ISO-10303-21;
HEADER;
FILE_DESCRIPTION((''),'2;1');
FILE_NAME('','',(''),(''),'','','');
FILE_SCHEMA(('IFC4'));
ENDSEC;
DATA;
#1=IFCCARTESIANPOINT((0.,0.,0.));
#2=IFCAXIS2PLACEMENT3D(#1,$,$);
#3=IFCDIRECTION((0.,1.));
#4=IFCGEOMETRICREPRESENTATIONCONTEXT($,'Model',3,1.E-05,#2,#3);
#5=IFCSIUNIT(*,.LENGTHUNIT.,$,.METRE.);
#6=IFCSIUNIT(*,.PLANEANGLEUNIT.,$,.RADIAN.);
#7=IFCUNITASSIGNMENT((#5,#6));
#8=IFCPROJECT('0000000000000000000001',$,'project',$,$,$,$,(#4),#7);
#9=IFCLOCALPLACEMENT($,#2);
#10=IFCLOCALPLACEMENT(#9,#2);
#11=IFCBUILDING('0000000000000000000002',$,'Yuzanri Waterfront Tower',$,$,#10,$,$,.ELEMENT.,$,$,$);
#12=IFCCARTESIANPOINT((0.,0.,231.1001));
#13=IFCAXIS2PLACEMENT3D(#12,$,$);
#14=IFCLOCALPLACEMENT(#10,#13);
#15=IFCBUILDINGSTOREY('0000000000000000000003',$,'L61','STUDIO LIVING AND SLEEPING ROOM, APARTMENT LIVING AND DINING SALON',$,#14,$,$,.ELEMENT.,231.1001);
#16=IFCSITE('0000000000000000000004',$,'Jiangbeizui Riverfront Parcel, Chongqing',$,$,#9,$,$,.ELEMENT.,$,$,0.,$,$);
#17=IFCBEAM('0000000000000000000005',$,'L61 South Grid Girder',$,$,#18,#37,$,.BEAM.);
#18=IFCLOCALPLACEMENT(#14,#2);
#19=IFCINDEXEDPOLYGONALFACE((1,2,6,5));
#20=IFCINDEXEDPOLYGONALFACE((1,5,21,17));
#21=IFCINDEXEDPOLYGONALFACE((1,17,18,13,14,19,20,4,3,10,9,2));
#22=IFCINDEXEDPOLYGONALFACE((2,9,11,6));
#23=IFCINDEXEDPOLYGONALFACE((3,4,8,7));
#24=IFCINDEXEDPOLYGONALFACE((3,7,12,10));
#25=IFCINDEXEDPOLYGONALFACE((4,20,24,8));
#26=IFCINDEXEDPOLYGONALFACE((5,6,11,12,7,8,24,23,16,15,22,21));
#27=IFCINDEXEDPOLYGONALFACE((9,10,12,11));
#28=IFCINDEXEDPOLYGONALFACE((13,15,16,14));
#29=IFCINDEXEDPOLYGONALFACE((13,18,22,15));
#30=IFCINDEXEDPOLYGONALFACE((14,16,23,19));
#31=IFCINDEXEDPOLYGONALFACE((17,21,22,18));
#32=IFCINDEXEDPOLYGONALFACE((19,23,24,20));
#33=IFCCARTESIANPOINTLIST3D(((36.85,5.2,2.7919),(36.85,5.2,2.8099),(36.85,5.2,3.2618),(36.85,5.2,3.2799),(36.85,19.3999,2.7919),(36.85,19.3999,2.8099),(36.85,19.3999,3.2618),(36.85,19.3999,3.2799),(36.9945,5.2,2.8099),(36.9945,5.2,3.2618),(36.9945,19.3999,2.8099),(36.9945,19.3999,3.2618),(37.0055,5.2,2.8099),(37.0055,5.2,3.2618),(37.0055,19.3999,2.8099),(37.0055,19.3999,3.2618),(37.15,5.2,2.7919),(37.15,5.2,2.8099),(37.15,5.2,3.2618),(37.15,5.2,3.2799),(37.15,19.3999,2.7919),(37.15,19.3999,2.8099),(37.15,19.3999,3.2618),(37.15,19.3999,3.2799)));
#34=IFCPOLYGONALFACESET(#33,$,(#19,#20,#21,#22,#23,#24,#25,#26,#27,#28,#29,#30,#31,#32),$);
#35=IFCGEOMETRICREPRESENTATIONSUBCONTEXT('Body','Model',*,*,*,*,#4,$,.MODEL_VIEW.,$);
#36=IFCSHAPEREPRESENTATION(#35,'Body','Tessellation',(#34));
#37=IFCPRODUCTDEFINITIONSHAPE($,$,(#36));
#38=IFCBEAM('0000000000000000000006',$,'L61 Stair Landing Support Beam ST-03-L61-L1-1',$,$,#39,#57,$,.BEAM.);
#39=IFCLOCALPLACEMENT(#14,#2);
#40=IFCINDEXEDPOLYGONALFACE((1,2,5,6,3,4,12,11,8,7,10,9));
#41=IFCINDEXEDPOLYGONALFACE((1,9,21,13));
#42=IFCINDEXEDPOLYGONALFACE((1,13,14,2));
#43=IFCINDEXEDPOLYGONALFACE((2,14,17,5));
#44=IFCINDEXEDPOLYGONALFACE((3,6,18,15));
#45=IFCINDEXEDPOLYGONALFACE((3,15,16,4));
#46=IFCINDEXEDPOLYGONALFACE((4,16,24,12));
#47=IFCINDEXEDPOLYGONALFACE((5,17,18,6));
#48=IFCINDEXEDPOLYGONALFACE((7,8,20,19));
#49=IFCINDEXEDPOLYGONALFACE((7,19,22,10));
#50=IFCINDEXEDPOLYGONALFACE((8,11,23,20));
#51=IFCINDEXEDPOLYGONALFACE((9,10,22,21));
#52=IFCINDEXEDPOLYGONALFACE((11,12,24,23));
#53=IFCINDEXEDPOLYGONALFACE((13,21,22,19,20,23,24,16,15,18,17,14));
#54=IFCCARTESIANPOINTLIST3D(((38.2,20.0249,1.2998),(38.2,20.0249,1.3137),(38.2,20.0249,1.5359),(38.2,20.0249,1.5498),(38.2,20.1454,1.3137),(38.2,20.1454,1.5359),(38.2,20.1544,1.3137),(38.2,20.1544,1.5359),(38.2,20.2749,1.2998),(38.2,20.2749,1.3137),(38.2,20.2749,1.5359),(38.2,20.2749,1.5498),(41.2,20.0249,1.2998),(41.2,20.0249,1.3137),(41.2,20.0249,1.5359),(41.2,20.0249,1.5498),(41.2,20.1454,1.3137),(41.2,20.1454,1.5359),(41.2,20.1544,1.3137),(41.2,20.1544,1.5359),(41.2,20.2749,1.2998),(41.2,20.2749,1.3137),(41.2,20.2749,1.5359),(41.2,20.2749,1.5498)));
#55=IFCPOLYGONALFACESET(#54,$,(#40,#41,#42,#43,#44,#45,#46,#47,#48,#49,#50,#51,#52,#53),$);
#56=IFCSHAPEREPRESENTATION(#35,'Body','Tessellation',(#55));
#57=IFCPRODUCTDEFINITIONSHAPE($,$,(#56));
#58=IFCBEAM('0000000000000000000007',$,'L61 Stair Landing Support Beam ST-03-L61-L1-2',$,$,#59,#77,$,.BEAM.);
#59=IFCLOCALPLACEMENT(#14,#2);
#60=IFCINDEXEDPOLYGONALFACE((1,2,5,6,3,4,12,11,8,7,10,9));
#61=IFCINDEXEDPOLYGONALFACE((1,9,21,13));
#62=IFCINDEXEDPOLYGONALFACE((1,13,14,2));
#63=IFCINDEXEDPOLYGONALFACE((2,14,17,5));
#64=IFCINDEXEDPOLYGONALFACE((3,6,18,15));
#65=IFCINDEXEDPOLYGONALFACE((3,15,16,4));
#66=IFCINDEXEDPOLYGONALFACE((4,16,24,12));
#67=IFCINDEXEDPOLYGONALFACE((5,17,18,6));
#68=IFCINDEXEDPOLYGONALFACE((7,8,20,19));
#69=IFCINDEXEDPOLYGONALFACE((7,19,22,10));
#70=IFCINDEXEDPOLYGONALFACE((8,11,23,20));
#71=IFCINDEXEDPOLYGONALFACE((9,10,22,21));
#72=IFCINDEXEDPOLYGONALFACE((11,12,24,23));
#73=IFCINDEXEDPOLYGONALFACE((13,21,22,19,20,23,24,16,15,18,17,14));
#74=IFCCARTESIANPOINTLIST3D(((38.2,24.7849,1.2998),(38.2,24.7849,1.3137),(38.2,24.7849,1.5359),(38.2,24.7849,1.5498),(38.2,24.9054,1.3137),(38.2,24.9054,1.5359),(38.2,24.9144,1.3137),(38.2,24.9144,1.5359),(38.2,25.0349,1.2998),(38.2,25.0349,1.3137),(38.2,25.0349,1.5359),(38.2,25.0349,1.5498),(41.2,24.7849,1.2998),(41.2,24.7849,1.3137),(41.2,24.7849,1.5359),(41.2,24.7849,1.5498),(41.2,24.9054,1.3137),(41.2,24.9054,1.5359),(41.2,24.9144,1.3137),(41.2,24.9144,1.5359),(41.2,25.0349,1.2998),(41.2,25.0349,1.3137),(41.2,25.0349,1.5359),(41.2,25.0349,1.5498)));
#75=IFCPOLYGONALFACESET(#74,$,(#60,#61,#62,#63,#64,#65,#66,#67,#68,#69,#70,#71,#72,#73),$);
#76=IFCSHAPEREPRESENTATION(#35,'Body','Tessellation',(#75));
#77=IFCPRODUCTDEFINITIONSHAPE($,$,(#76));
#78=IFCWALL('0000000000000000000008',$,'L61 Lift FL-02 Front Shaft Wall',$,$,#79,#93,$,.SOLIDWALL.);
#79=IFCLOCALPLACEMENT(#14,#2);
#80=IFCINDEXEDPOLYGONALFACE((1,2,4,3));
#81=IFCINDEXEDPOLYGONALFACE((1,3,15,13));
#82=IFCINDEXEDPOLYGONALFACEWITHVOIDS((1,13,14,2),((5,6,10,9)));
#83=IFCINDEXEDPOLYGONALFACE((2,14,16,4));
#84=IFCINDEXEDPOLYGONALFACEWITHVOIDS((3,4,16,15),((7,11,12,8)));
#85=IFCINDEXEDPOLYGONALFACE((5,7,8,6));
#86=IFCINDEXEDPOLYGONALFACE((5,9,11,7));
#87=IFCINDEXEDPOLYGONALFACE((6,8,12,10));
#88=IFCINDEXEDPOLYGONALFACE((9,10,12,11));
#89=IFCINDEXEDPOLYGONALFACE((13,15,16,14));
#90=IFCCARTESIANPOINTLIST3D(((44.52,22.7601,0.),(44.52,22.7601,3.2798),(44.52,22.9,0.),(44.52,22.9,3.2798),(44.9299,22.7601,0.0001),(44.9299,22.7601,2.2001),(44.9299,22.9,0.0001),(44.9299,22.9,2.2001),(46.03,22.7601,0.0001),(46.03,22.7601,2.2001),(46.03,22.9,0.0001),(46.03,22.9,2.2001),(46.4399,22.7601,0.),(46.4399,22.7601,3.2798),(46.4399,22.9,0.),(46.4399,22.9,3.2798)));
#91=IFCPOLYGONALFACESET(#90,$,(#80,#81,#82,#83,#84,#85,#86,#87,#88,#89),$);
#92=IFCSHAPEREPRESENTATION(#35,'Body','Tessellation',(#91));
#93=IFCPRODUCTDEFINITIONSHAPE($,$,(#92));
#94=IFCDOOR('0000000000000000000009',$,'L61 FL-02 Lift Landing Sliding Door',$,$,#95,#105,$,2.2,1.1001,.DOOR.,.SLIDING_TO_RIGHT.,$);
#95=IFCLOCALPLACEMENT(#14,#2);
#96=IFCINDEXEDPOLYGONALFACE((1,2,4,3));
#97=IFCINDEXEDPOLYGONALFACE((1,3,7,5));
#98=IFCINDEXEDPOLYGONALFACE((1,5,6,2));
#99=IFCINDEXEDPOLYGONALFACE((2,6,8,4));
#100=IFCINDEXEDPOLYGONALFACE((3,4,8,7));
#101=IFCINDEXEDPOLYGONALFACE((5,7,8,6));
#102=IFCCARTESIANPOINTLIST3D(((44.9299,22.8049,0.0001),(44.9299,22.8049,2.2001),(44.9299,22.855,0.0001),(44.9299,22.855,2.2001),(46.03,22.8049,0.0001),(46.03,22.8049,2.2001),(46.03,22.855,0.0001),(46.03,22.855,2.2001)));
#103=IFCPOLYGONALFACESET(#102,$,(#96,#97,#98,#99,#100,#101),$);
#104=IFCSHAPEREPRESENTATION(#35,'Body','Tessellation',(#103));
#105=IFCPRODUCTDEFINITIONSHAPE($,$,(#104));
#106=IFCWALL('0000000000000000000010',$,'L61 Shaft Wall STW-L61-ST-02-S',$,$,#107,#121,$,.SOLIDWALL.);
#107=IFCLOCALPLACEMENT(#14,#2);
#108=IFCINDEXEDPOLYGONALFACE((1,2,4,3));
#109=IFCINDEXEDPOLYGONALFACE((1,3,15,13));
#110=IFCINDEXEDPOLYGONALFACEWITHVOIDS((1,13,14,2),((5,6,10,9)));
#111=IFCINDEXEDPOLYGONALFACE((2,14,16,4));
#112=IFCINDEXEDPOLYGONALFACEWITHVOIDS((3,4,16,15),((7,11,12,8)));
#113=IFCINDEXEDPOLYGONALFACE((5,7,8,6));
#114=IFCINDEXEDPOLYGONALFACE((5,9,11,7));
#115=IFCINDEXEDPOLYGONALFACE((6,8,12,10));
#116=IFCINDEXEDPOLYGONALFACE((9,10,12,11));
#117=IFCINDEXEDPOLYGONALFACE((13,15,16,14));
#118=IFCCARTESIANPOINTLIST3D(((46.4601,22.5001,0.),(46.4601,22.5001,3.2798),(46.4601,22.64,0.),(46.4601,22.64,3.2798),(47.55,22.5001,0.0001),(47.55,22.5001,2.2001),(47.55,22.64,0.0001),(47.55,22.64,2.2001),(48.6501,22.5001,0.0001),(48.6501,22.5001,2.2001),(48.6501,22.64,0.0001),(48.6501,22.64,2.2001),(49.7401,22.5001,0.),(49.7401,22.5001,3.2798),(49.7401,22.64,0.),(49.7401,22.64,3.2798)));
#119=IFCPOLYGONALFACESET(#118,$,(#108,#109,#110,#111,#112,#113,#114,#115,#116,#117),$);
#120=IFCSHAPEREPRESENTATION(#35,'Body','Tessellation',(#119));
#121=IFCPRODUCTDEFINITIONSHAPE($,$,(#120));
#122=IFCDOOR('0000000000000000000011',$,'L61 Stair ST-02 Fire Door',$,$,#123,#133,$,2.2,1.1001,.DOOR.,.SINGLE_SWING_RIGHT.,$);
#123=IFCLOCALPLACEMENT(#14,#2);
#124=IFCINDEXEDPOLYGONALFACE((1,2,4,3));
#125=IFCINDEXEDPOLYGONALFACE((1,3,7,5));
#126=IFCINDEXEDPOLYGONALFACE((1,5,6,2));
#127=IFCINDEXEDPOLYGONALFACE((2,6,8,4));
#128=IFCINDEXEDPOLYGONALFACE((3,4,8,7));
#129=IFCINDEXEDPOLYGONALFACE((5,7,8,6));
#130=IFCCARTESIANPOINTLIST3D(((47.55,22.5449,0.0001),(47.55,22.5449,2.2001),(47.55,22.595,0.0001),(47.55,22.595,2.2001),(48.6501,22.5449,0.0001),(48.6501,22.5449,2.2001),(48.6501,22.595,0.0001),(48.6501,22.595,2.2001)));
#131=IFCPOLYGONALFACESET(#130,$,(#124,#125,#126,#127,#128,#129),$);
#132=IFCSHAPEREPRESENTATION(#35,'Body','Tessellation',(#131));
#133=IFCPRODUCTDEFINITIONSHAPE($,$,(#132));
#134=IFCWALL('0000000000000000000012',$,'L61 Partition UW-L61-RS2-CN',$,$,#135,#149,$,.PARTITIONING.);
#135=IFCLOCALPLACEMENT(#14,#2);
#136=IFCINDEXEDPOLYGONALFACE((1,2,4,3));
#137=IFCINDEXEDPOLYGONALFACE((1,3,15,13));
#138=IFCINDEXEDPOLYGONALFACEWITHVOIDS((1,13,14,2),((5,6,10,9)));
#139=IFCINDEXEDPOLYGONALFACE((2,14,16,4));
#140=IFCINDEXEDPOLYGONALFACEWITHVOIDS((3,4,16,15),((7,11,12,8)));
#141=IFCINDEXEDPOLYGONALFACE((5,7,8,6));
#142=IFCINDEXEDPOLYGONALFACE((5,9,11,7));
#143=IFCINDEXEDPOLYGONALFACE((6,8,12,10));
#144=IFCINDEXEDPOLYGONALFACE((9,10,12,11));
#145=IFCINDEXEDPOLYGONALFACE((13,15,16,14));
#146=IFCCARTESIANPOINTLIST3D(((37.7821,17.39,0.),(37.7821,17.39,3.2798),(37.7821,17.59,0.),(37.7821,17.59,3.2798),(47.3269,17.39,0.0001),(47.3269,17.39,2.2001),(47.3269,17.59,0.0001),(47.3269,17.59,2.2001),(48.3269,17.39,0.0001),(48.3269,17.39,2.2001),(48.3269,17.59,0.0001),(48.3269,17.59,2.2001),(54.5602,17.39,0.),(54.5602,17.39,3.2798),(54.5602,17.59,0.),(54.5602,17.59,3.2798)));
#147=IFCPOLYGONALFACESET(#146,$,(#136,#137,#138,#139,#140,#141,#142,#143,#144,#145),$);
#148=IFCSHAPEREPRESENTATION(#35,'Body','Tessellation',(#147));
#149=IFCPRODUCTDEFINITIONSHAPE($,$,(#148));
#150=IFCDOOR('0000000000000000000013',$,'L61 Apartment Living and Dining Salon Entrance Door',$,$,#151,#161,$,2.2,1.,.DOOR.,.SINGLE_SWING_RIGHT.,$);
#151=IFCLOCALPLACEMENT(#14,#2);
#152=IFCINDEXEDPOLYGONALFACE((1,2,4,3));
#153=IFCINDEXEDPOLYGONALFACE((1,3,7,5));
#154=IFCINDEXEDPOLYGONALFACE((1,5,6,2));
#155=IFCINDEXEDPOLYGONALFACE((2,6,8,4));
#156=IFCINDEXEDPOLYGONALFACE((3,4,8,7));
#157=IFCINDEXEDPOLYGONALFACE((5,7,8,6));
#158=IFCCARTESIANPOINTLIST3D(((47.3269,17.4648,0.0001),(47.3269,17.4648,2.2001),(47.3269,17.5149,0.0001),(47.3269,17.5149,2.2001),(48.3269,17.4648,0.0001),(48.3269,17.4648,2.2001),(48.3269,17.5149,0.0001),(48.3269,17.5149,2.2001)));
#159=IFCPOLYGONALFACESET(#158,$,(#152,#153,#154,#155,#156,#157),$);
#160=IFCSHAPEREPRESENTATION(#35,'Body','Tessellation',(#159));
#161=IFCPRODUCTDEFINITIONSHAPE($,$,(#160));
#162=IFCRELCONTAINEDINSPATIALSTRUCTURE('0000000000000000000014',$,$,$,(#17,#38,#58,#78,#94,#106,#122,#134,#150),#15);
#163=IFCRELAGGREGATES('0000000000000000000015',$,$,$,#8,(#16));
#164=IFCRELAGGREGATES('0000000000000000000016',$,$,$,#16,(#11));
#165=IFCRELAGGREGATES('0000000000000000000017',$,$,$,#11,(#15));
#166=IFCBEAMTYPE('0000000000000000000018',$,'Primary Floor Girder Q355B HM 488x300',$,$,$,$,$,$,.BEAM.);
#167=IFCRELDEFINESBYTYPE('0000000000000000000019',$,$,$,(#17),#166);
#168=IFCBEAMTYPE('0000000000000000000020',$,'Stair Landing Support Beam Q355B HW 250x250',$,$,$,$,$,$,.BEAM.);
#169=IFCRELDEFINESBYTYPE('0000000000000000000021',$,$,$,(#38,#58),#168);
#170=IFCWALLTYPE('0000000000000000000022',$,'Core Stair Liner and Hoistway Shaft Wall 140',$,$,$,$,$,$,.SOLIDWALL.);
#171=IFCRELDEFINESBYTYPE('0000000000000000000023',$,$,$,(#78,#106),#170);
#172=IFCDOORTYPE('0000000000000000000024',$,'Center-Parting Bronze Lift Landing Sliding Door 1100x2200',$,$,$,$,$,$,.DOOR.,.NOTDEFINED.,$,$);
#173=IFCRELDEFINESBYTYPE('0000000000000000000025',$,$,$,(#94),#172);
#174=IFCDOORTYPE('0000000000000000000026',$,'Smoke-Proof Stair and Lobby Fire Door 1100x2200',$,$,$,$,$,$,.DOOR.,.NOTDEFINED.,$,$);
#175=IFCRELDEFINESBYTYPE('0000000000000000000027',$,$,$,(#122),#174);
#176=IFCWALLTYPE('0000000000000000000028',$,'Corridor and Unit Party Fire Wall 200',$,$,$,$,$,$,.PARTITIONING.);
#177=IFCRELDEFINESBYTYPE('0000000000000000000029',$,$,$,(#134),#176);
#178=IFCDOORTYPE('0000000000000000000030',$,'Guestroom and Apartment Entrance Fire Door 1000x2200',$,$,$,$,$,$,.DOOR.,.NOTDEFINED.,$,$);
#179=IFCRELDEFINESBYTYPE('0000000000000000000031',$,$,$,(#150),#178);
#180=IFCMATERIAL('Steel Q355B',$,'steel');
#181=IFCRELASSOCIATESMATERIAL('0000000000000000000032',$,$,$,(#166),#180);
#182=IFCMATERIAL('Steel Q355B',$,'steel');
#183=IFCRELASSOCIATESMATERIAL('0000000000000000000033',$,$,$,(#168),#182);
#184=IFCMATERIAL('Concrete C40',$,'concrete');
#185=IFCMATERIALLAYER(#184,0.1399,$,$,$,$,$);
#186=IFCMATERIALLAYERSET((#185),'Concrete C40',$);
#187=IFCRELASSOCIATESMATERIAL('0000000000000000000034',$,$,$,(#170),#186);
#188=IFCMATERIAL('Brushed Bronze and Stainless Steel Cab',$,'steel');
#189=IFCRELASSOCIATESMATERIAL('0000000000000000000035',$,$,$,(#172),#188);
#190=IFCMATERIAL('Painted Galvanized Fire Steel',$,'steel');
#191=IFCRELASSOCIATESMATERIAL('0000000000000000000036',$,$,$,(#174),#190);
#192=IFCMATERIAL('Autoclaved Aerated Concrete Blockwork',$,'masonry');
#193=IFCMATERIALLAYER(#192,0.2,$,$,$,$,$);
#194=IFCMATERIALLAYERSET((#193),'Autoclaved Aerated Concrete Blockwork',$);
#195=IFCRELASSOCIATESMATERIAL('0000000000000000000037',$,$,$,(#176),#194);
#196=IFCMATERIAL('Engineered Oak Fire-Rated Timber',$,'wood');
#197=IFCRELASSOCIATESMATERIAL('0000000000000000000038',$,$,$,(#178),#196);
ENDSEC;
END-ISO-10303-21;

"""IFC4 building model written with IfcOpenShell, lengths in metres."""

from ifc_helpers import new_model, si_unit, direction, frame, frame_2d, origin, origin_2d, place, context, subcontext, project, spatial, rectangle, i_section, extrude, source, transform, mapped, material, layer, layer_set, material_profile, profile_set, type_object, element, fill, save


model = new_model("IFC4")

# Units and contexts
model_context = context("Model", 3, precision=1e-05, world=origin(), true_north=direction((0.0, 1.0)))
body_context = subcontext(model_context, "Body", "Model", "MODEL_VIEW")
ifc_project = project(units=[si_unit("LENGTHUNIT", "METRE"), si_unit("PLANEANGLEUNIT", "RADIAN")], contexts=[model_context])

# Site, building, storey
site_placement = place(None, origin())
site = spatial("IfcSite", under=ifc_project, at=site_placement, Name="Jiangbeizui Riverfront Parcel, Chongqing", CompositionType="ELEMENT", RefElevation=0.0)
building_placement = place(site_placement, origin())
building = spatial("IfcBuilding", under=site, at=building_placement, Name="Yuzanri Waterfront Tower", CompositionType="ELEMENT")
storey_placement = place(building_placement, frame((0.0, 0.0, 231.1001)))
storey = spatial("IfcBuildingStorey", under=building, at=storey_placement, Name="L61", Description="STUDIO LIVING AND SLEEPING ROOM, APARTMENT LIVING AND DINING SALON", CompositionType="ELEMENT", Elevation=231.1001)

# Beams
ifc_material_1 = material(Name="Steel Q355B", Category="steel")
ifc_material_profile_1 = material_profile(ifc_material_1, i_section(OverallWidth=0.3, OverallDepth=0.488, WebThickness=0.011, FlangeThickness=0.0181, at=origin_2d()), Name="HM 488x300x11x18")
ifc_profile_set_1 = profile_set([ifc_material_profile_1], Name="Steel Q355B")
beam_type_1 = type_object("IfcBeamType", Name="Primary Floor Girder Q355B HM 488x300", PredefinedType="BEAM", material=ifc_profile_set_1)
shared_shape_1 = source(origin(), body_context, "Body", "SweptSolid", [
    extrude(i_section(OverallWidth=0.3, OverallDepth=0.488, WebThickness=0.011, FlangeThickness=0.0181, at=origin_2d()), origin(), (0.0, 0.0, 1.0), 14.2),
])
beam_placement = place(storey_placement, frame((37.0, 19.3999, 3.0359), z_axis=(0.0, -1.0, 0.0), x_axis=(1.0, 0.0, 0.0)))
element("IfcBeam", 1, at=beam_placement, inside=storey, type_object=beam_type_1, Name="L61 South Grid Girder", PredefinedType="BEAM", context=body_context, shape_type="MappedRepresentation", body=[
    mapped(shared_shape_1, transform((0.0, 0.0, 0.0), scale=1.0)),
])
ifc_material_2 = material(Name="Steel Q355B", Category="steel")
ifc_material_profile_2 = material_profile(ifc_material_2, i_section(OverallWidth=0.25, OverallDepth=0.25, WebThickness=0.009, FlangeThickness=0.0139, at=origin_2d()), Name="HW 250x250x9x14")
ifc_profile_set_2 = profile_set([ifc_material_profile_2], Name="Steel Q355B")
beam_type_2 = type_object("IfcBeamType", Name="Stair Landing Support Beam Q355B HW 250x250", PredefinedType="BEAM", material=ifc_profile_set_2)
shared_shape_2 = source(origin(), body_context, "Body", "SweptSolid", [
    extrude(i_section(OverallWidth=0.25, OverallDepth=0.25, WebThickness=0.009, FlangeThickness=0.0139, at=origin_2d()), origin(), (0.0, 0.0, 1.0), 3.0),
])
for number, where, z_axis, x_axis, name in (
    (2, (38.2, 20.1499, 1.4248), (1.0, 0.0, 0.0), (0.0, 1.0, 0.0), "L61 Stair Landing Support Beam ST-03-L61-L1-1"),
    (3, (38.2, 24.9099, 1.4248), (1.0, 0.0, 0.0), (0.0, 1.0, 0.0), "L61 Stair Landing Support Beam ST-03-L61-L1-2"),
):
    element("IfcBeam", number, at=place(storey_placement, frame(where, z_axis=z_axis, x_axis=x_axis)), inside=storey, type_object=beam_type_2, Name=name, PredefinedType="BEAM", context=body_context, shape_type="MappedRepresentation", body=[
        mapped(shared_shape_2, transform((0.0, 0.0, 0.0), scale=1.0)),
    ])

# Walls, openings, doors
ifc_material_3 = material(Name="Concrete C40", Category="concrete")
ifc_layer_1 = layer(ifc_material_3, 0.1399)
ifc_layer_set_1 = layer_set([ifc_layer_1], Name="Concrete C40")
wall_type_1 = type_object("IfcWallType", Name="Core Stair Liner and Hoistway Shaft Wall 140", PredefinedType="SOLIDWALL", material=ifc_layer_set_1)
wall_1_placement = place(storey_placement, frame((44.52, 22.8301, 0.0), z_axis=(0.0, 0.0, 1.0), x_axis=(1.0, 0.0, 0.0)))
wall_1 = element("IfcWall", 4, at=wall_1_placement, inside=storey, type_object=wall_type_1, Name="L61 Lift FL-02 Front Shaft Wall", PredefinedType="SOLIDWALL", context=body_context, shape_type="SweptSolid", body=[
    extrude(rectangle(XDim=1.9199, YDim=0.1399, at=frame_2d((0.96, 0.0))), origin(), (0.0, 0.0, 1.0), 3.2798),
])
opening_1_placement = place(wall_1_placement, frame((0.4099, 0.0, 0.0)))
opening_1 = element("IfcOpeningElement", 5, at=opening_1_placement, cuts=wall_1, PredefinedType="OPENING", context=body_context, shape_type="SweptSolid", body=[
    extrude(rectangle(XDim=1.1001, YDim=2.2, at=frame_2d((0.55, 1.1001))), frame((0.0, 0.085, 0.0), z_axis=(0.0, -1.0, 0.0), x_axis=(1.0, 0.0, 0.0)), (0.0, 0.0, 1.0), 0.1697),
])
ifc_material_4 = material(Name="Brushed Bronze and Stainless Steel Cab", Category="steel")
door_type_1 = type_object("IfcDoorType", Name="Center-Parting Bronze Lift Landing Sliding Door 1100x2200", OperationType="NOTDEFINED", PredefinedType="DOOR", material=ifc_material_4)
shared_shape_3 = source(origin(), body_context, "Body", "SweptSolid", [
    extrude(rectangle(XDim=1.1001, YDim=2.2, at=frame_2d((0.55, 1.1001))), frame((0.0, 0.0249, 0.0), z_axis=(0.0, -1.0, 0.0), x_axis=(1.0, 0.0, 0.0)), (0.0, 0.0, 1.0), 0.05),
])
door_1_placement = place(opening_1_placement, origin())
door_1 = element("IfcDoor", 6, at=door_1_placement, inside=storey, type_object=door_type_1, Name="L61 FL-02 Lift Landing Sliding Door", OperationType="SLIDING_TO_RIGHT", OverallHeight=2.2, OverallWidth=1.1001, PredefinedType="DOOR", context=body_context, shape_type="MappedRepresentation", body=[
    mapped(shared_shape_3, transform((0.0, 0.0, 0.0), scale=1.0)),
])
fill(opening_1, door_1)
wall_2_placement = place(storey_placement, frame((46.46, 22.5701, 0.0), z_axis=(0.0, 0.0, 1.0), x_axis=(1.0, 0.0, 0.0)))
wall_2 = element("IfcWall", 7, at=wall_2_placement, inside=storey, type_object=wall_type_1, Name="L61 Shaft Wall STW-L61-ST-02-S", PredefinedType="SOLIDWALL", context=body_context, shape_type="SweptSolid", body=[
    extrude(rectangle(XDim=3.28, YDim=0.1399, at=frame_2d((1.6401, 0.0))), origin(), (0.0, 0.0, 1.0), 3.2798),
])
opening_2_placement = place(wall_2_placement, frame((1.0901, 0.0, 0.0)))
opening_2 = element("IfcOpeningElement", 8, at=opening_2_placement, cuts=wall_2, PredefinedType="OPENING", context=body_context, shape_type="SweptSolid", body=[
    extrude(rectangle(XDim=1.1001, YDim=2.2, at=frame_2d((0.55, 1.1001))), frame((0.0, 0.085, 0.0), z_axis=(0.0, -1.0, 0.0), x_axis=(1.0, 0.0, 0.0)), (0.0, 0.0, 1.0), 0.1697),
])
ifc_material_5 = material(Name="Painted Galvanized Fire Steel", Category="steel")
door_type_2 = type_object("IfcDoorType", Name="Smoke-Proof Stair and Lobby Fire Door 1100x2200", OperationType="NOTDEFINED", PredefinedType="DOOR", material=ifc_material_5)
shared_shape_4 = source(origin(), body_context, "Body", "SweptSolid", [
    extrude(rectangle(XDim=1.1001, YDim=2.2, at=frame_2d((0.55, 1.1001))), frame((0.0, 0.0249, 0.0), z_axis=(0.0, -1.0, 0.0), x_axis=(1.0, 0.0, 0.0)), (0.0, 0.0, 1.0), 0.05),
])
door_2_placement = place(opening_2_placement, origin())
door_2 = element("IfcDoor", 9, at=door_2_placement, inside=storey, type_object=door_type_2, Name="L61 Stair ST-02 Fire Door", OperationType="SINGLE_SWING_RIGHT", OverallHeight=2.2, OverallWidth=1.1001, PredefinedType="DOOR", context=body_context, shape_type="MappedRepresentation", body=[
    mapped(shared_shape_4, transform((0.0, 0.0, 0.0), scale=1.0)),
])
fill(opening_2, door_2)
ifc_material_6 = material(Name="Autoclaved Aerated Concrete Blockwork", Category="masonry")
ifc_layer_2 = layer(ifc_material_6, 0.2)
ifc_layer_set_2 = layer_set([ifc_layer_2], Name="Autoclaved Aerated Concrete Blockwork")
wall_type_2 = type_object("IfcWallType", Name="Corridor and Unit Party Fire Wall 200", PredefinedType="PARTITIONING", material=ifc_layer_set_2)
wall_3_placement = place(storey_placement, frame((37.782, 17.49, 0.0), z_axis=(0.0, 0.0, 1.0), x_axis=(1.0, 0.0, 0.0)))
wall_3 = element("IfcWall", 10, at=wall_3_placement, inside=storey, type_object=wall_type_2, Name="L61 Partition UW-L61-RS2-CN", PredefinedType="PARTITIONING", context=body_context, shape_type="SweptSolid", body=[
    extrude(rectangle(XDim=16.7781, YDim=0.2, at=frame_2d((8.3892, 0.0))), origin(), (0.0, 0.0, 1.0), 3.2798),
])
opening_3_placement = place(wall_3_placement, frame((9.5449, 0.0, 0.0)))
opening_3 = element("IfcOpeningElement", 11, at=opening_3_placement, cuts=wall_3, PredefinedType="OPENING", context=body_context, shape_type="SweptSolid", body=[
    extrude(rectangle(XDim=1.0, YDim=2.2, at=frame_2d((0.5, 1.1001))), frame((0.0, 0.1147, 0.0), z_axis=(0.0, -1.0, 0.0), x_axis=(1.0, 0.0, 0.0)), (0.0, 0.0, 1.0), 0.2297),
])
ifc_material_7 = material(Name="Engineered Oak Fire-Rated Timber", Category="wood")
door_type_3 = type_object("IfcDoorType", Name="Guestroom and Apartment Entrance Fire Door 1000x2200", OperationType="NOTDEFINED", PredefinedType="DOOR", material=ifc_material_7)
shared_shape_5 = source(origin(), body_context, "Body", "SweptSolid", [
    extrude(rectangle(XDim=1.0, YDim=2.2, at=frame_2d((0.5, 1.1001))), frame((0.0, 0.0249, 0.0), z_axis=(0.0, -1.0, 0.0), x_axis=(1.0, 0.0, 0.0)), (0.0, 0.0, 1.0), 0.05),
])
door_3_placement = place(opening_3_placement, origin())
door_3 = element("IfcDoor", 12, at=door_3_placement, inside=storey, type_object=door_type_3, Name="L61 Apartment Living and Dining Salon Entrance Door", OperationType="SINGLE_SWING_RIGHT", OverallHeight=2.2, OverallWidth=1.0, PredefinedType="DOOR", context=body_context, shape_type="MappedRepresentation", body=[
    mapped(shared_shape_5, transform((0.0, 0.0, 0.0), scale=1.0)),
])
fill(opening_3, door_3)

save(model, "model.ifc")
